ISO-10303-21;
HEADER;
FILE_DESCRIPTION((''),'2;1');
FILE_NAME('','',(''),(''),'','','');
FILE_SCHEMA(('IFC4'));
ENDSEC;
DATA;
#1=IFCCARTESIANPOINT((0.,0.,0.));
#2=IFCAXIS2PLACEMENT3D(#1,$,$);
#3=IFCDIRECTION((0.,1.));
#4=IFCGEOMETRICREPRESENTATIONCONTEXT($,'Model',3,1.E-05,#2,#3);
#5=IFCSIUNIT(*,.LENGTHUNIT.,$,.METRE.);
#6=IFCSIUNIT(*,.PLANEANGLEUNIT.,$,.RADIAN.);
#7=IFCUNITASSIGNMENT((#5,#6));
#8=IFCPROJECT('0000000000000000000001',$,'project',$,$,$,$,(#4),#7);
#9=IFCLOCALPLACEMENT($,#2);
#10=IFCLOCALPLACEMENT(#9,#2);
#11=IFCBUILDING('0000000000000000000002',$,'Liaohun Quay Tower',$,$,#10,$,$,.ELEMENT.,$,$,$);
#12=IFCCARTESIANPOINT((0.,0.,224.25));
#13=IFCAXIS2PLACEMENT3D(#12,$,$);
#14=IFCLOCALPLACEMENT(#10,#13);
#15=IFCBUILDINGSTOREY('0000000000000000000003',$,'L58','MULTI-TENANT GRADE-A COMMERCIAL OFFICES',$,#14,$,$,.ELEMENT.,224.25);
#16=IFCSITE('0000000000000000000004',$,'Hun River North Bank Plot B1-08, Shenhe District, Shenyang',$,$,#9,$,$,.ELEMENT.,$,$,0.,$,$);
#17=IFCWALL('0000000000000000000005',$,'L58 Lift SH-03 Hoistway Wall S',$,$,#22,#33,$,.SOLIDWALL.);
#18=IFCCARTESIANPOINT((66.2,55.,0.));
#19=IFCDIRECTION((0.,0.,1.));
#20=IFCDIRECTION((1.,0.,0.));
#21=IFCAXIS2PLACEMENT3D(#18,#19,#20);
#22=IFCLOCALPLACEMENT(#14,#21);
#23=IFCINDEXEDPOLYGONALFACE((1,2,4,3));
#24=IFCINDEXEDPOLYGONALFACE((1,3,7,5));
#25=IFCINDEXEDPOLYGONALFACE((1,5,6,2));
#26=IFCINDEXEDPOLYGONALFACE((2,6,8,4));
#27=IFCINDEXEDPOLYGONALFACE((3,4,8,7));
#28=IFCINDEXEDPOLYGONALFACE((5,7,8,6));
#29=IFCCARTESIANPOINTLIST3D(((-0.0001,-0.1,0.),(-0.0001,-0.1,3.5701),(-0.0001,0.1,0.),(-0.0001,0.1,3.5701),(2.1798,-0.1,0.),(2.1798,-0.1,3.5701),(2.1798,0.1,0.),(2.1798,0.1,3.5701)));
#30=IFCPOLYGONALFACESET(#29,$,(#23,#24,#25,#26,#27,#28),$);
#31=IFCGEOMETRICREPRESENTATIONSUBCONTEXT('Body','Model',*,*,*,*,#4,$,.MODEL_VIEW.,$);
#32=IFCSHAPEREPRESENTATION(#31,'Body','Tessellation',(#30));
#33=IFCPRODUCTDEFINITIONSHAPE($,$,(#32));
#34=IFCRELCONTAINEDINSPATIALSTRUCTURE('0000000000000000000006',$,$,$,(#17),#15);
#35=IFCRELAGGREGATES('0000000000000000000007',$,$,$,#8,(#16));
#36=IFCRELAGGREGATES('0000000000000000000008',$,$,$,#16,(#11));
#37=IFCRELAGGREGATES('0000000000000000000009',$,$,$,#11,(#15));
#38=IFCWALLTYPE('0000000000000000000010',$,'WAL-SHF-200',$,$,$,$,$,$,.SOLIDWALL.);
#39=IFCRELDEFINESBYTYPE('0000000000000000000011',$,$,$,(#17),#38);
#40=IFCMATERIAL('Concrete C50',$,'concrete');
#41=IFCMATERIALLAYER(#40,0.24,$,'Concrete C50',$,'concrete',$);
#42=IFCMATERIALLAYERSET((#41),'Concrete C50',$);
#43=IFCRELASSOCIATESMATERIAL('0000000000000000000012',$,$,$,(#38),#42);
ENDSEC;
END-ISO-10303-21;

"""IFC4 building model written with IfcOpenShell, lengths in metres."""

from ifc_helpers import new_model, si_unit, direction, frame, frame_2d, origin, place, context, subcontext, project, spatial, rectangle, extrude, material, layer, layer_set, type_object, element, save


model = new_model("IFC4")

# Units and contexts
model_context = context("Model", 3, precision=1e-05, world=origin(), true_north=direction((0.0, 1.0)))
body_context = subcontext(model_context, "Body", "Model", "MODEL_VIEW")
ifc_project = project(units=[si_unit("LENGTHUNIT", "METRE"), si_unit("PLANEANGLEUNIT", "RADIAN")], contexts=[model_context])

# Site, building, storey
site_placement = place(None, origin())
site = spatial("IfcSite", under=ifc_project, at=site_placement, Name="Hun River North Bank Plot B1-08, Shenhe District, Shenyang", CompositionType="ELEMENT", RefElevation=0.0)
building_placement = place(site_placement, origin())
building = spatial("IfcBuilding", under=site, at=building_placement, Name="Liaohun Quay Tower", CompositionType="ELEMENT")
storey_placement = place(building_placement, frame((0.0, 0.0, 224.25)))
storey = spatial("IfcBuildingStorey", under=building, at=storey_placement, Name="L58", Description="MULTI-TENANT GRADE-A COMMERCIAL OFFICES", CompositionType="ELEMENT", Elevation=224.25)

# Shared definitions
ifc_material_1 = material(Name="Concrete C50", Category="concrete")
ifc_layer_1 = layer(ifc_material_1, 0.24, Name="Concrete C50", Category="concrete")
ifc_layer_set_1 = layer_set([ifc_layer_1], Name="Concrete C50")
wall_type_1 = type_object("IfcWallType", Name="WAL-SHF-200", PredefinedType="SOLIDWALL", material=ifc_layer_set_1)

# Wall
wall_1_placement = place(storey_placement, frame((66.2, 55.0, 0.0), z_axis=(0.0, 0.0, 1.0), x_axis=(1.0, 0.0, 0.0)))
element("IfcWall", 1, at=wall_1_placement, inside=storey, type_object=wall_type_1, Name="L58 Lift SH-03 Hoistway Wall S", PredefinedType="SOLIDWALL", context=body_context, shape_type="SweptSolid", body=[
    extrude(rectangle(XDim=2.1799, YDim=0.2, at=frame_2d((1.0898, 0.0))), origin(), (0.0, 0.0, 1.0), 3.5701),
])

save(model, "model.ifc")
